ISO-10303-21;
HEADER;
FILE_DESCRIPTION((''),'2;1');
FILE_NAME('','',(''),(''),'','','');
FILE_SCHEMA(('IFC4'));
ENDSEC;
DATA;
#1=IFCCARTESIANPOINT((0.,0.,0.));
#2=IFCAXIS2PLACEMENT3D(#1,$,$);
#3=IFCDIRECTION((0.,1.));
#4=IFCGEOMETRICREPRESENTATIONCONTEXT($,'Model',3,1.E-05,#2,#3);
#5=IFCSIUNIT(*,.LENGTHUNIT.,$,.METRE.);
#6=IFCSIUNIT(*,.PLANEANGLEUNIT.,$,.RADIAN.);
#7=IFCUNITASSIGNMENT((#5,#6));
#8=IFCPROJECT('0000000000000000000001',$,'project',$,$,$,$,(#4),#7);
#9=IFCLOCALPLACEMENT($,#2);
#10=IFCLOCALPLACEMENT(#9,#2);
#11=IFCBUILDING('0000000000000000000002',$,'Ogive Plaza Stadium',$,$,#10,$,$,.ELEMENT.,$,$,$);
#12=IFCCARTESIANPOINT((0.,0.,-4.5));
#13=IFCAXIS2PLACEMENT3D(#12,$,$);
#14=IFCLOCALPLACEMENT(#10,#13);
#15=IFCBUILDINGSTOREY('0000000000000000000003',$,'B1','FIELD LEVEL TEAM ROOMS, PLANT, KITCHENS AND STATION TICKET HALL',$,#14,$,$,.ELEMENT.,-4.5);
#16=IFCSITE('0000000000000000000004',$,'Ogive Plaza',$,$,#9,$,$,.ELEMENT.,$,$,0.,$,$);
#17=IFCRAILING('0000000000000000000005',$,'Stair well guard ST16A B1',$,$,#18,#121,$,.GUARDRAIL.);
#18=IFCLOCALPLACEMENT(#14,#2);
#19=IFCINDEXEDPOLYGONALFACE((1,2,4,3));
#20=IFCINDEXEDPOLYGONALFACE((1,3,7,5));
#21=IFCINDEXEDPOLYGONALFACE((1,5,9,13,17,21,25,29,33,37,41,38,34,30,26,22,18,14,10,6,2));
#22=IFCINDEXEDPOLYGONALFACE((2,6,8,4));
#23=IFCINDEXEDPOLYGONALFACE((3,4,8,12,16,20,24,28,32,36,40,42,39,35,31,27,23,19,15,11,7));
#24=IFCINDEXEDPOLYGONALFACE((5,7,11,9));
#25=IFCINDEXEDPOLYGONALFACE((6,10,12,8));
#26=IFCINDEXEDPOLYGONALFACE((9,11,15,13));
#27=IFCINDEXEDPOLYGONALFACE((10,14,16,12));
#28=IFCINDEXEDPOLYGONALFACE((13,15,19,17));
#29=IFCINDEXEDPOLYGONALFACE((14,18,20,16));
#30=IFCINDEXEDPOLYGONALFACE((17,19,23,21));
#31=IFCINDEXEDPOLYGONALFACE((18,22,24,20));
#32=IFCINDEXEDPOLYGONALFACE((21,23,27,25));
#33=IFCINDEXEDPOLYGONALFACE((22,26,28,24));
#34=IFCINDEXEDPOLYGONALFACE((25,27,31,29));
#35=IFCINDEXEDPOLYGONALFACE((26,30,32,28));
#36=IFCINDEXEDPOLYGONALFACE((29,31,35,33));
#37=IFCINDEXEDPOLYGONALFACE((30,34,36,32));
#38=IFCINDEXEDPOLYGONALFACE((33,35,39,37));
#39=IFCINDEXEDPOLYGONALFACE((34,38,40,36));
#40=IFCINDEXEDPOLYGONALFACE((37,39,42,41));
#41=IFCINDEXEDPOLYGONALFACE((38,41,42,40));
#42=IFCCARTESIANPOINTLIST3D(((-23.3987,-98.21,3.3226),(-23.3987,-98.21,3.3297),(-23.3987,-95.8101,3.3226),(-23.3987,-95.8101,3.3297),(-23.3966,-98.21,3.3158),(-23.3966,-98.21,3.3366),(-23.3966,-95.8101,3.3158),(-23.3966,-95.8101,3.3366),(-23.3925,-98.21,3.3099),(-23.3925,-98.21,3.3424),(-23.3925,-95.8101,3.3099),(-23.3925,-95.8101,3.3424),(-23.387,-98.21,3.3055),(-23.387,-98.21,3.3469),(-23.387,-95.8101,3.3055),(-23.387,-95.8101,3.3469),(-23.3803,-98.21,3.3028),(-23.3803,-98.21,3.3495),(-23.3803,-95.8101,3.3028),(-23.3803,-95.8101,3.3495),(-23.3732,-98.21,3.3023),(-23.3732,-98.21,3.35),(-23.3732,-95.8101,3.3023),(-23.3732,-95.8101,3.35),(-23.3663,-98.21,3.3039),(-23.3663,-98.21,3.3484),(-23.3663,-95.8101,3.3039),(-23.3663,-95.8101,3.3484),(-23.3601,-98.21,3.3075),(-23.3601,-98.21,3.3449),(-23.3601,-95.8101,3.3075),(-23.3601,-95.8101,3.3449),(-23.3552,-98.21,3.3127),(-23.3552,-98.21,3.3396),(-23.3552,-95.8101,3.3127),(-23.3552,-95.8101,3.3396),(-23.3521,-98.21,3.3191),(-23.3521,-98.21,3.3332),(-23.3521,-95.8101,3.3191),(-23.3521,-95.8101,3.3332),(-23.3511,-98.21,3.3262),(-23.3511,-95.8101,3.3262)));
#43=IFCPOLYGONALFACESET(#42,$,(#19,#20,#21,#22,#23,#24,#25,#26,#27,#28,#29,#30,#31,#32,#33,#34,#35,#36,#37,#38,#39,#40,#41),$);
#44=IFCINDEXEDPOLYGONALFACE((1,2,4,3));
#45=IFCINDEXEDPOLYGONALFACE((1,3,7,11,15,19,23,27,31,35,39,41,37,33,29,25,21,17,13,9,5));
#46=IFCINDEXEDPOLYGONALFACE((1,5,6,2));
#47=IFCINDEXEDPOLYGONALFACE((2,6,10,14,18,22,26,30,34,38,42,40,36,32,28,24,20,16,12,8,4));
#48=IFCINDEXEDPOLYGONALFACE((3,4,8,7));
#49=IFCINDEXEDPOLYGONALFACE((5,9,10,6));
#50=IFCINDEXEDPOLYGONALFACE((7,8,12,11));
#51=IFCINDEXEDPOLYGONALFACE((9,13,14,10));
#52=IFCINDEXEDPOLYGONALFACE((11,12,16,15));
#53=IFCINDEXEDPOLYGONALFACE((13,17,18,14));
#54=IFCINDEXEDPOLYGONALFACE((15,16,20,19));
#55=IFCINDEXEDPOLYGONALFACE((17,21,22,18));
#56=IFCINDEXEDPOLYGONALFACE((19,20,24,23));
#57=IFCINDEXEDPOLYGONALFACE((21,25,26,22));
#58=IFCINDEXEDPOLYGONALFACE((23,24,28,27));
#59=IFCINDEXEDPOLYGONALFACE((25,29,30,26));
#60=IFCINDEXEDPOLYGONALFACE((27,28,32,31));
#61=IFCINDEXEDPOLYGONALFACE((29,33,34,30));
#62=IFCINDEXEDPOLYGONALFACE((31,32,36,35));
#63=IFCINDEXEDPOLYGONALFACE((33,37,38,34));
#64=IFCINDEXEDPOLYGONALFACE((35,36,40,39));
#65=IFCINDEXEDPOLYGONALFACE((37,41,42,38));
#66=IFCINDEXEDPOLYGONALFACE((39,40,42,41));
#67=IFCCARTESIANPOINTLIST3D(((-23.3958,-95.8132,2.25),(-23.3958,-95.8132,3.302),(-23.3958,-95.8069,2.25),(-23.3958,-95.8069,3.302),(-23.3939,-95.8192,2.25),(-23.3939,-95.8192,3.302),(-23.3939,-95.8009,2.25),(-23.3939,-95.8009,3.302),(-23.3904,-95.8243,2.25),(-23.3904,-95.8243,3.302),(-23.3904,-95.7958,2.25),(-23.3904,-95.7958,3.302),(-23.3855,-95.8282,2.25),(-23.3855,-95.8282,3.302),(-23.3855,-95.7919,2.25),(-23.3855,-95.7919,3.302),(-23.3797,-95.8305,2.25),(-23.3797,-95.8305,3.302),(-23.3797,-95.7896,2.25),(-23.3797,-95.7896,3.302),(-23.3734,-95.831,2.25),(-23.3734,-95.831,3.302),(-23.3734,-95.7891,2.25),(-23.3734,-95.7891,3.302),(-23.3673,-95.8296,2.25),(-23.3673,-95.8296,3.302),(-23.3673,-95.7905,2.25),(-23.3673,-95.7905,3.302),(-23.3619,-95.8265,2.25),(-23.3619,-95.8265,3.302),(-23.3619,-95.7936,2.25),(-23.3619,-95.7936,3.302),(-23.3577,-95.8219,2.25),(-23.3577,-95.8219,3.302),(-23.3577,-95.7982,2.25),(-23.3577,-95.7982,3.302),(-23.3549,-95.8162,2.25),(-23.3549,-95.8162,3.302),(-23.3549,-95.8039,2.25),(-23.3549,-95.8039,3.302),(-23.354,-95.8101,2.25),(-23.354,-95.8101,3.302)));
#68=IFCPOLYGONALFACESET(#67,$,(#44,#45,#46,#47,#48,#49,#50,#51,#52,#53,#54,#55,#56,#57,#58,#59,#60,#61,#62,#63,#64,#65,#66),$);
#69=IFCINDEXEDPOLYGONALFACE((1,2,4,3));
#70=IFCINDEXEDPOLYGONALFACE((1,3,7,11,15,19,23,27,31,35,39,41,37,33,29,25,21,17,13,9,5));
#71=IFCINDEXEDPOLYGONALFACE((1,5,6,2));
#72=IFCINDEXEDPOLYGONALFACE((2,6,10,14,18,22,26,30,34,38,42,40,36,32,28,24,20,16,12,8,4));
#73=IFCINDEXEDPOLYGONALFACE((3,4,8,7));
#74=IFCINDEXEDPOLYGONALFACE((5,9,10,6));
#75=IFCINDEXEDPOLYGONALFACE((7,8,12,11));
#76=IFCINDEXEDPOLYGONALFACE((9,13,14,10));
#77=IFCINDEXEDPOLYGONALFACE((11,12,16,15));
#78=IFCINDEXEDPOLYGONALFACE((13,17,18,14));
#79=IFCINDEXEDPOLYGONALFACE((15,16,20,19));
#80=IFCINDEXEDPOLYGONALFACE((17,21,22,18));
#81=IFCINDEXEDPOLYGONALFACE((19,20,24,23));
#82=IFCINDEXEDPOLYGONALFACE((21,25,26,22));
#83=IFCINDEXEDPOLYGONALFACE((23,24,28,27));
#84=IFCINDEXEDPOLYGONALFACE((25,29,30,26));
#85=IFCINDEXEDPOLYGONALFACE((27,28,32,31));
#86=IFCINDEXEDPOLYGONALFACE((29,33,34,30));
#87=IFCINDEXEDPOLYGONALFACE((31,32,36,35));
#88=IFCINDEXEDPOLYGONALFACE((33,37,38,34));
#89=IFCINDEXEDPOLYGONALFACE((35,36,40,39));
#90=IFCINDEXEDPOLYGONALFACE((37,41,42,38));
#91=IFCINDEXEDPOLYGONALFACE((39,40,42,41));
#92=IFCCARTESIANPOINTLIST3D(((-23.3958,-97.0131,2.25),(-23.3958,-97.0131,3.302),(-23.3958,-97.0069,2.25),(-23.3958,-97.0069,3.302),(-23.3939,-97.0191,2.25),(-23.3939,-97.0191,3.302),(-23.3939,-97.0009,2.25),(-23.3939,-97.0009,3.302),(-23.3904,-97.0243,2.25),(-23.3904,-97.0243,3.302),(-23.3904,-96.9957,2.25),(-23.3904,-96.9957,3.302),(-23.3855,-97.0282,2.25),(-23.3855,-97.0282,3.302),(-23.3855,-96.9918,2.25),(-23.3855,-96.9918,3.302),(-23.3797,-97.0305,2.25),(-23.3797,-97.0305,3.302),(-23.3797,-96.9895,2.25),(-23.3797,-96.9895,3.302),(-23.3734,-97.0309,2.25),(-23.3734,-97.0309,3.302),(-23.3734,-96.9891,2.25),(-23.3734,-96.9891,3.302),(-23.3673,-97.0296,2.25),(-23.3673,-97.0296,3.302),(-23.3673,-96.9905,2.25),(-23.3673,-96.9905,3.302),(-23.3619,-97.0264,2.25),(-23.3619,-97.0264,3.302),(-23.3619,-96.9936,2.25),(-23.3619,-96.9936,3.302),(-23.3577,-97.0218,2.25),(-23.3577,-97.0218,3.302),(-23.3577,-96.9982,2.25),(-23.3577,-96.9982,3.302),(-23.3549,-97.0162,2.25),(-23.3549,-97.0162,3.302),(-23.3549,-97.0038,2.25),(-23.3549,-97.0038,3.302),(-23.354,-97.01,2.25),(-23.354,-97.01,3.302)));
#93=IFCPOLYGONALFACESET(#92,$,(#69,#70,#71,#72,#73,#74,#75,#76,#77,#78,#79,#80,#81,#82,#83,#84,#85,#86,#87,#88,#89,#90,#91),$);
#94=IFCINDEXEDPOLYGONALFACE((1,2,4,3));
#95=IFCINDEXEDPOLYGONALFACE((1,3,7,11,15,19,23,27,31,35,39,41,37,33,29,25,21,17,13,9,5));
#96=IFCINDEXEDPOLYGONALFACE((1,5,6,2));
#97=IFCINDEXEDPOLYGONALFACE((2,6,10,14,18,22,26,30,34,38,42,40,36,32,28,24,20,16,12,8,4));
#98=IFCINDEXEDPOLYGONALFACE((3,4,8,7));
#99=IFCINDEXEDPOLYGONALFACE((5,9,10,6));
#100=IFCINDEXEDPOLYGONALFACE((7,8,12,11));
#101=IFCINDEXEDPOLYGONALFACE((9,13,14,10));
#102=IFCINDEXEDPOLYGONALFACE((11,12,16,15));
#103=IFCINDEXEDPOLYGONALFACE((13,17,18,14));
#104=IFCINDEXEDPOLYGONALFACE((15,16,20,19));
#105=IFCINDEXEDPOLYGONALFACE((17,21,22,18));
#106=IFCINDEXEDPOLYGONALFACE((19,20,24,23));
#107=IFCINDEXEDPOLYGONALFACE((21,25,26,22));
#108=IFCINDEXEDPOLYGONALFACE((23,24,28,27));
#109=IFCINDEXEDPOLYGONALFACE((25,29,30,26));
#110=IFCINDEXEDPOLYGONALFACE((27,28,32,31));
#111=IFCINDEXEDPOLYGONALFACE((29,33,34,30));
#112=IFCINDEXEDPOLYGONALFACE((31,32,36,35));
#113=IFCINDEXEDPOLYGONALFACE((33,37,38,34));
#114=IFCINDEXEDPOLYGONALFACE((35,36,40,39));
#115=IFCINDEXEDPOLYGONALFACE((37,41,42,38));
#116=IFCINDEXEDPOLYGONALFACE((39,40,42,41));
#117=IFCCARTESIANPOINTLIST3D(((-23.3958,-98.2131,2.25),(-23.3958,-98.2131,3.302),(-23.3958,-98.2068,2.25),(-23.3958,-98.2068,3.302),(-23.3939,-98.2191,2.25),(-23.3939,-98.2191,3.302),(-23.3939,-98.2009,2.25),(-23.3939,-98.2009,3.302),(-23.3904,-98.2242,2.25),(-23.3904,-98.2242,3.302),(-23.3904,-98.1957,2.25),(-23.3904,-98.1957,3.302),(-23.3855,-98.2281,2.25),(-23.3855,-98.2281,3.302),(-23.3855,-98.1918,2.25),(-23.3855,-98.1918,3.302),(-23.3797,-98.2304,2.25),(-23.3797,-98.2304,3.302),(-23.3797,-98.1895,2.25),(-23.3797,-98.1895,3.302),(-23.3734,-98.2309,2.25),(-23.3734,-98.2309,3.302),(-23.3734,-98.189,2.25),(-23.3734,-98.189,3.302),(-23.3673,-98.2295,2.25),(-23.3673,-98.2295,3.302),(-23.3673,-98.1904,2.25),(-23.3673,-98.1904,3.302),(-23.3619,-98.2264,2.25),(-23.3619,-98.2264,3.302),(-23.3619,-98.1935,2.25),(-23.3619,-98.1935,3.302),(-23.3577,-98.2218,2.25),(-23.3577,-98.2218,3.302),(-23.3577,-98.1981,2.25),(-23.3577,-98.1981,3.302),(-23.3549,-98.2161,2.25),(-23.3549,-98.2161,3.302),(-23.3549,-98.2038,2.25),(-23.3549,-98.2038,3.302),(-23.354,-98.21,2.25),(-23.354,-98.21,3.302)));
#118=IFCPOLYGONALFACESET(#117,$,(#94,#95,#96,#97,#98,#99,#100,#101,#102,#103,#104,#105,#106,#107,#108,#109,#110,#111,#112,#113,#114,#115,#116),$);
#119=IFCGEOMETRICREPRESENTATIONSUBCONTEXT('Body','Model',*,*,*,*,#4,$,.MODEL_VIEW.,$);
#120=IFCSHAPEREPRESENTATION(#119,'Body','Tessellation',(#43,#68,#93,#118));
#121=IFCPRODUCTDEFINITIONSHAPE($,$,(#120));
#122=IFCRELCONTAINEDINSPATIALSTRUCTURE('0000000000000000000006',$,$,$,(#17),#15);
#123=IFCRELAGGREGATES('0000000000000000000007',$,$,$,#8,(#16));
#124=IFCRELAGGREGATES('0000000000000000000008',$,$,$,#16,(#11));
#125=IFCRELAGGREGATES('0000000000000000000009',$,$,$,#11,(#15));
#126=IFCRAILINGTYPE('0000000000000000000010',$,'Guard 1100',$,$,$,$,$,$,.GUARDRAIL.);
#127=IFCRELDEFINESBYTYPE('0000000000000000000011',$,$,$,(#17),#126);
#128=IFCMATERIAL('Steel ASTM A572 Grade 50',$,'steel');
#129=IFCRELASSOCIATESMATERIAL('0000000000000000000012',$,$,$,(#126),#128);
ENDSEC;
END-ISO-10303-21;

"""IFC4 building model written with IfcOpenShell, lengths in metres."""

from ifc_helpers import new_model, si_unit, direction, frame, origin, origin_2d, place, context, subcontext, project, spatial, circle, extrude, material, type_object, element, save


model = new_model("IFC4")

# Units and contexts
model_context = context("Model", 3, precision=1e-05, world=origin(), true_north=direction((0.0, 1.0)))
body_context = subcontext(model_context, "Body", "Model", "MODEL_VIEW")
ifc_project = project(units=[si_unit("LENGTHUNIT", "METRE"), si_unit("PLANEANGLEUNIT", "RADIAN")], contexts=[model_context])

# Site, building, storey
site_placement = place(None, origin())
site = spatial("IfcSite", under=ifc_project, at=site_placement, Name="Ogive Plaza", CompositionType="ELEMENT", RefElevation=0.0)
building_placement = place(site_placement, origin())
building = spatial("IfcBuilding", under=site, at=building_placement, Name="Ogive Plaza Stadium", CompositionType="ELEMENT")
storey_placement = place(building_placement, frame((0.0, 0.0, -4.5)))
storey = spatial("IfcBuildingStorey", under=building, at=storey_placement, Name="B1", Description="FIELD LEVEL TEAM ROOMS, PLANT, KITCHENS AND STATION TICKET HALL", CompositionType="ELEMENT", Elevation=-4.5)

# Railing
ifc_material_1 = material(Name="Steel ASTM A572 Grade 50", Category="steel")
railing_type_1 = type_object("IfcRailingType", Name="Guard 1100", PredefinedType="GUARDRAIL", material=ifc_material_1)
railing_placement = place(storey_placement, frame((-23.375, -95.8101, 2.25)))
element("IfcRailing", 1, at=railing_placement, inside=storey, type_object=railing_type_1, Name="Stair well guard ST16A B1", PredefinedType="GUARDRAIL", context=body_context, shape_type="SweptSolid", body=[
    extrude(circle(Radius=0.0239, at=origin_2d()), frame((0.0, 0.0, 1.0762), z_axis=(0.0, -1.0, 0.0), x_axis=(1.0, 0.0, 0.0)), (0.0, 0.0, 1.0), 2.3999),
    extrude(circle(Radius=0.021, at=origin_2d()), origin(), (0.0, 0.0, 1.0), 1.052),
    extrude(circle(Radius=0.021, at=origin_2d()), frame((0.0, -1.2, 0.0)), (0.0, 0.0, 1.0), 1.052),
    extrude(circle(Radius=0.021, at=origin_2d()), frame((0.0, -2.3999, 0.0)), (0.0, 0.0, 1.0), 1.052),
])

save(model, "model.ifc")
